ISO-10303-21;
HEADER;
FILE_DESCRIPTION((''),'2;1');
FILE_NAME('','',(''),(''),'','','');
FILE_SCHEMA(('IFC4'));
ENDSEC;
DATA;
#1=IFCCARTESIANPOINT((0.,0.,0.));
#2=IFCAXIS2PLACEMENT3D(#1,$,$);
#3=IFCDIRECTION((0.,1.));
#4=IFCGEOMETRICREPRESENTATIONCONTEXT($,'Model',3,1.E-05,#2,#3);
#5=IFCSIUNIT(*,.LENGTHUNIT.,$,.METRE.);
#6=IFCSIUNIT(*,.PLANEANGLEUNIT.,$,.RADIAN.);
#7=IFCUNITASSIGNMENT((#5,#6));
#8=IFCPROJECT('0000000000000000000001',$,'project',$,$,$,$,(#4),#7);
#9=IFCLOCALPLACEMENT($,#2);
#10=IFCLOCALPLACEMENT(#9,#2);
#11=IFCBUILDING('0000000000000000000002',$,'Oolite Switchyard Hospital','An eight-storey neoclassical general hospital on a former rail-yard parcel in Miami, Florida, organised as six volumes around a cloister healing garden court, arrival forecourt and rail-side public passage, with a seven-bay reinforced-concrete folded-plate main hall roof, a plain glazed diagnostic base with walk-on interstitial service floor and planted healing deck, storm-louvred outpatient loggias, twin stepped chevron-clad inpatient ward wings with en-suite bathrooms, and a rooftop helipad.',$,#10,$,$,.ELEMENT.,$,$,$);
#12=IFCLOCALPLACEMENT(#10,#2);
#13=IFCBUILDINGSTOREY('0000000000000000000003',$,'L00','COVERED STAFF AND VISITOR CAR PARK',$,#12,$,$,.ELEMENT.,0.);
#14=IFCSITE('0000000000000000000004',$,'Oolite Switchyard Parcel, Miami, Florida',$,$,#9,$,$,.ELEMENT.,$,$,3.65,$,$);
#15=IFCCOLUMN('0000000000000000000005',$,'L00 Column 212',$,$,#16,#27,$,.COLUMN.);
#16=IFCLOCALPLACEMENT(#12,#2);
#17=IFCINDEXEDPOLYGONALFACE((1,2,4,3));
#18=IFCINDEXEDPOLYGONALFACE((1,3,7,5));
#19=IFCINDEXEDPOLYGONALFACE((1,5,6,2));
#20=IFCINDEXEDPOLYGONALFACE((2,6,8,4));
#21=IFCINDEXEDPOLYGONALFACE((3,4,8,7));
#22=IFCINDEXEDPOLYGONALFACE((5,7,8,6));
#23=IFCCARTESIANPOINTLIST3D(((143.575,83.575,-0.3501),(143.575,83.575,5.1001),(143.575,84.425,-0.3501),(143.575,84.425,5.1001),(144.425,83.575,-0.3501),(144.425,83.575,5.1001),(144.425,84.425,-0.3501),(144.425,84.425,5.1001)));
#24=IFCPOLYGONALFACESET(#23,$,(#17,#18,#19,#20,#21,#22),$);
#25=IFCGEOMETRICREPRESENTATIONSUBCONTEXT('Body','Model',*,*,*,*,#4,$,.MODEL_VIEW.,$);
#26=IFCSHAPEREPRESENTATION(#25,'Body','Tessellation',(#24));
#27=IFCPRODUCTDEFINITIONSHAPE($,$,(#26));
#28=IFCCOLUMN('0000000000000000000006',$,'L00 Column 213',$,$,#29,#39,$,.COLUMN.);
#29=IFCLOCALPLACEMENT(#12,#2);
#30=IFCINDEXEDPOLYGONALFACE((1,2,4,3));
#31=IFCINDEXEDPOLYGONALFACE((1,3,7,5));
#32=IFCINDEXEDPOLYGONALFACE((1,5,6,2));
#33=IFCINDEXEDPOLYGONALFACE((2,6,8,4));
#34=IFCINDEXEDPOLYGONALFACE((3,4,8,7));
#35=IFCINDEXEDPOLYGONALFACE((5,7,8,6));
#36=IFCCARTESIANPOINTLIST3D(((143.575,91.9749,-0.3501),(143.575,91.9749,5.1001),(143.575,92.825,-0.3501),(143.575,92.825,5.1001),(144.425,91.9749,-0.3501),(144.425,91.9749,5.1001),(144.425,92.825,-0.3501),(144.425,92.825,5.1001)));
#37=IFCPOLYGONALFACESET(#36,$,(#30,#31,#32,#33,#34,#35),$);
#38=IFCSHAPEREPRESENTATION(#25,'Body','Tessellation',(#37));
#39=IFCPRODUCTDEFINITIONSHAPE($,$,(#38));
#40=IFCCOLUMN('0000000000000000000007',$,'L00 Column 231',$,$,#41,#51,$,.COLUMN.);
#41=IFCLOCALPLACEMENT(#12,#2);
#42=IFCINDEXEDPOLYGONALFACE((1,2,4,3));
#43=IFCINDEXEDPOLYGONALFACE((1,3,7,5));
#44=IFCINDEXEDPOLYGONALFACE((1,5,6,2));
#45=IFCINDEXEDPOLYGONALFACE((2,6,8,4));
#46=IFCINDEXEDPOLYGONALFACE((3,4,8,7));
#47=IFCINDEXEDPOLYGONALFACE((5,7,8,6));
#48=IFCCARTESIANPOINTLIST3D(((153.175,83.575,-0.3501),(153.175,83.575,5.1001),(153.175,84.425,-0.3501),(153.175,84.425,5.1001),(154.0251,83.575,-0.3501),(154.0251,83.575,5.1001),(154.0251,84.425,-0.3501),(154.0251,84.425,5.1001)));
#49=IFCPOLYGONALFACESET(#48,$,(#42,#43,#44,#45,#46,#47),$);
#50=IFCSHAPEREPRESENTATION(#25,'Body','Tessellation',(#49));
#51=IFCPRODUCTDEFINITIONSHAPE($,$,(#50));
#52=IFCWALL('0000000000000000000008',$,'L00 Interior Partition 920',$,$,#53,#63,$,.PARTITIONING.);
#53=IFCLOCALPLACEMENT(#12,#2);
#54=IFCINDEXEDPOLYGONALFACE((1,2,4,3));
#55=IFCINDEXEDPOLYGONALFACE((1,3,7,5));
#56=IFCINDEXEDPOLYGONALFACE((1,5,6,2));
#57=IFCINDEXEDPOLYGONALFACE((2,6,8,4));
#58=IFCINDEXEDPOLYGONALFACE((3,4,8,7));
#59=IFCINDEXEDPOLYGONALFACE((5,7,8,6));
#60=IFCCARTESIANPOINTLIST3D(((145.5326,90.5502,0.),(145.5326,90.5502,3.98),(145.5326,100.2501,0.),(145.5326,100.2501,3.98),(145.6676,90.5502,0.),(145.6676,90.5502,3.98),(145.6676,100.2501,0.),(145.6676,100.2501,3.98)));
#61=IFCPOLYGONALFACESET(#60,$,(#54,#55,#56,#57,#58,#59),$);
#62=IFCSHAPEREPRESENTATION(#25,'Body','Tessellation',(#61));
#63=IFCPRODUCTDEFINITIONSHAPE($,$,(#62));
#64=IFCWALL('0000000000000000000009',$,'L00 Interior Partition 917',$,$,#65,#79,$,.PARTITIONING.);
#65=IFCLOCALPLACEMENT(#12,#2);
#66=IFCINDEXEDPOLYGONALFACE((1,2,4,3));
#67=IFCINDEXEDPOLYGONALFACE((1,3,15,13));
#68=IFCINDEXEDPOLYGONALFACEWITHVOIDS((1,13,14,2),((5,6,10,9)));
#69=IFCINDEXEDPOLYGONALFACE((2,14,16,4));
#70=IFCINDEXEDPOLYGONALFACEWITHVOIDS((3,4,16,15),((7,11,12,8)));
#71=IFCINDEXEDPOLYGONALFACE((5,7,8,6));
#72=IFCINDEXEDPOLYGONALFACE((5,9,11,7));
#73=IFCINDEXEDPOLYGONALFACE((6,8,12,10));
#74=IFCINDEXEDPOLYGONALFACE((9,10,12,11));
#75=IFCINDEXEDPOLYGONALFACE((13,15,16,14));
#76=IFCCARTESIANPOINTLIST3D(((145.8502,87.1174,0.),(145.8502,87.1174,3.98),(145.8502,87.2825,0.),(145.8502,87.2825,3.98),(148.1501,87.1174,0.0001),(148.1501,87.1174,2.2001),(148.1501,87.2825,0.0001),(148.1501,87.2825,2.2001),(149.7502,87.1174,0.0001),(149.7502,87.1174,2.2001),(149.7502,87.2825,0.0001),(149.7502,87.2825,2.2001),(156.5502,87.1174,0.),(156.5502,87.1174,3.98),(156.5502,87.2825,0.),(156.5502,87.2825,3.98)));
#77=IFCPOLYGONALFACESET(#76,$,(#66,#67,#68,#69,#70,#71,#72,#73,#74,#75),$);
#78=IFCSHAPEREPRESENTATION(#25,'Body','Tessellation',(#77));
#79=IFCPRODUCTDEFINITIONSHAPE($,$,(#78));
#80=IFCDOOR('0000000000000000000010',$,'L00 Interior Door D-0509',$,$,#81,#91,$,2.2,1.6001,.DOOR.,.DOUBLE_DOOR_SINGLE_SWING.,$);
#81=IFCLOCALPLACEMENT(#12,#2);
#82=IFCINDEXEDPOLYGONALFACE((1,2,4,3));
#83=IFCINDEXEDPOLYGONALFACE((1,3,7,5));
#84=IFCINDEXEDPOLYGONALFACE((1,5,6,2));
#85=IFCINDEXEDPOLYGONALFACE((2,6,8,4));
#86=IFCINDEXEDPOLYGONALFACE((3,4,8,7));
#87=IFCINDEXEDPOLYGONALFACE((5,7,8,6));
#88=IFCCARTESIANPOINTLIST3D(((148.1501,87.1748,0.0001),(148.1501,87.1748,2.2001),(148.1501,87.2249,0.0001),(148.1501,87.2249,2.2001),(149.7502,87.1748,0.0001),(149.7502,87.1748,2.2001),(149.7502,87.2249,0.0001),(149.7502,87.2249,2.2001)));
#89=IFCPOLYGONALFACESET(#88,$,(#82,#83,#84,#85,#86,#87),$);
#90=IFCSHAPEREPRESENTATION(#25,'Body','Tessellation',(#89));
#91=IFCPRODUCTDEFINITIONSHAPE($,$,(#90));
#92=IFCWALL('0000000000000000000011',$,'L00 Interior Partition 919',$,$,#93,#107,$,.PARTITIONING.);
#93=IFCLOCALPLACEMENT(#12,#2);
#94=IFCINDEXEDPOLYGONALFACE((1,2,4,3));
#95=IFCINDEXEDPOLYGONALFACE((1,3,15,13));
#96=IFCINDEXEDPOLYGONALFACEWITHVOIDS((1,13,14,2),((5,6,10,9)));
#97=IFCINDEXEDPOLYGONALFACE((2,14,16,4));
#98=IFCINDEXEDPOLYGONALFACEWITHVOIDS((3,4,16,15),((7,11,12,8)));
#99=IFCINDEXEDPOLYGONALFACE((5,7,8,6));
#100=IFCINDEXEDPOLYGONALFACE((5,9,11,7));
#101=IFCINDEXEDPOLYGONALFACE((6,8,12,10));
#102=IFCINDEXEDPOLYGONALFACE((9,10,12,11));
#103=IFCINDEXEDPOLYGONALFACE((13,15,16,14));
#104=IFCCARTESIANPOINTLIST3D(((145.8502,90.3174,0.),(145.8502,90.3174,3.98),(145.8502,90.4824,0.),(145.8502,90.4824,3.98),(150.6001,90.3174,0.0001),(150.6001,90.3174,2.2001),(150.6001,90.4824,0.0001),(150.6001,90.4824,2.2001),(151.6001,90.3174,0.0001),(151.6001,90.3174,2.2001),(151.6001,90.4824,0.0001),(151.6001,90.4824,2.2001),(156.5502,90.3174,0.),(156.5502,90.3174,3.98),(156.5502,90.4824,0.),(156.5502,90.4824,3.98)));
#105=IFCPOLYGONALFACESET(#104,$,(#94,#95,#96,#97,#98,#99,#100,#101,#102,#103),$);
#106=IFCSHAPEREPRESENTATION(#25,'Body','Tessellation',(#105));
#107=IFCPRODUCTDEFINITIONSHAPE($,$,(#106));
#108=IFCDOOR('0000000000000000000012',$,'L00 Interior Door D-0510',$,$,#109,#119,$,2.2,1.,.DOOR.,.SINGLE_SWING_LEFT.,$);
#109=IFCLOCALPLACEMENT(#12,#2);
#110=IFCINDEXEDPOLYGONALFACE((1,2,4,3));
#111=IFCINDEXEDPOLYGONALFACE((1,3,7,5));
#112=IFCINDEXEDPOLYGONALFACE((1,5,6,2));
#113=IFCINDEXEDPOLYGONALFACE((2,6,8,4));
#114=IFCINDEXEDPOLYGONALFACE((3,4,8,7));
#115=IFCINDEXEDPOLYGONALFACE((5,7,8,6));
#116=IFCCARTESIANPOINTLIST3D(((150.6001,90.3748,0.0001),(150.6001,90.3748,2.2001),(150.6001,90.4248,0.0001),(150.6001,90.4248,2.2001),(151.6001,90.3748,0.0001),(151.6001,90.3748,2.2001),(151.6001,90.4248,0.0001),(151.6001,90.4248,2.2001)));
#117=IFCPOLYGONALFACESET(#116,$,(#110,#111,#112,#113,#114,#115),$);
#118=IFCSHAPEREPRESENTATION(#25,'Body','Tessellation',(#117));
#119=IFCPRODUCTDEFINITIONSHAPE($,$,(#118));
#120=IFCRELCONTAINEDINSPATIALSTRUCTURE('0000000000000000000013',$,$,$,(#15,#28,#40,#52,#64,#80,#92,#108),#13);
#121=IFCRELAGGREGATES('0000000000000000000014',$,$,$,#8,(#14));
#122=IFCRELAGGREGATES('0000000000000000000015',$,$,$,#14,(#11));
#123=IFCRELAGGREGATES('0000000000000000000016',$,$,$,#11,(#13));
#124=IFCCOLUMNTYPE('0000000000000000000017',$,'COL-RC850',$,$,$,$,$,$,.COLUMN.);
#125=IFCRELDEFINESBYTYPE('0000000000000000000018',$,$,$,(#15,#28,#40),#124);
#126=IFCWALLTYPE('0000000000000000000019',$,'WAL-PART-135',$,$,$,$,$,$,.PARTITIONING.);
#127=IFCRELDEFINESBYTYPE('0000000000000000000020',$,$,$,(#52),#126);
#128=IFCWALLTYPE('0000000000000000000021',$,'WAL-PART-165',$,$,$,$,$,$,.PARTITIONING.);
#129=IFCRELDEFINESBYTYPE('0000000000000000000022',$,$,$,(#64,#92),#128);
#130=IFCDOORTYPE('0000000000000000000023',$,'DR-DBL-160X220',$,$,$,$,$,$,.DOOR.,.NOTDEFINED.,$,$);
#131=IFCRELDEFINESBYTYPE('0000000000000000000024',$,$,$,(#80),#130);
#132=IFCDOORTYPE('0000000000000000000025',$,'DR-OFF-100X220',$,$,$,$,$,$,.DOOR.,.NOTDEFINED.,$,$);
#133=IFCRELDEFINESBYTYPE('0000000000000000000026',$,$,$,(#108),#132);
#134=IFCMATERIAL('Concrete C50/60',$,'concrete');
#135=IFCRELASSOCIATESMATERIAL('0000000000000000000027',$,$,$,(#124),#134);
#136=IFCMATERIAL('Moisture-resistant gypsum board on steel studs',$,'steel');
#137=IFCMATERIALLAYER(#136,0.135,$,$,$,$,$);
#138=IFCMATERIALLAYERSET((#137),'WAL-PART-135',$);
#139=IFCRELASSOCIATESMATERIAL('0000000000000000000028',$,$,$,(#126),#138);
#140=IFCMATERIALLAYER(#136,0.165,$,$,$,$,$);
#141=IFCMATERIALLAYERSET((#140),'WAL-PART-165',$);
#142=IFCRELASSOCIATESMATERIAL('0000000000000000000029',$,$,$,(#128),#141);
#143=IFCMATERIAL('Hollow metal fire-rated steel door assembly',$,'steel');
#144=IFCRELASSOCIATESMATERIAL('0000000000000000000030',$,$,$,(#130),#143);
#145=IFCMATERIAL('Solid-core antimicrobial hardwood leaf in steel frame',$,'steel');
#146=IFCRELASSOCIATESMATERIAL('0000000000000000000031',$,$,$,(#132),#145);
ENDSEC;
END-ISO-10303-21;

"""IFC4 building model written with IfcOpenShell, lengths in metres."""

from ifc_helpers import new_model, si_unit, direction, frame, frame_2d, origin, origin_2d, place, context, subcontext, project, spatial, rectangle, extrude, material, layer, layer_set, material_profile, profile_set, type_object, element, fill, save


model = new_model("IFC4")

# Units and contexts
model_context = context("Model", 3, precision=1e-05, world=origin(), true_north=direction((0.0, 1.0)))
body_context = subcontext(model_context, "Body", "Model", "MODEL_VIEW")
ifc_project = project(units=[si_unit("LENGTHUNIT", "METRE"), si_unit("PLANEANGLEUNIT", "RADIAN")], contexts=[model_context])

# Site, building, storey
site_placement = place(None, origin())
site = spatial("IfcSite", under=ifc_project, at=site_placement, Name="Oolite Switchyard Parcel, Miami, Florida", CompositionType="ELEMENT", RefElevation=3.65)
building_placement = place(site_placement, origin())
building = spatial("IfcBuilding", under=site, at=building_placement, Name="Oolite Switchyard Hospital", Description="An eight-storey neoclassical general hospital on a former rail-yard parcel in Miami, Florida, organised as six volumes around a cloister healing garden court, arrival forecourt and rail-side public passage, with a seven-bay reinforced-concrete folded-plate main hall roof, a plain glazed diagnostic base with walk-on interstitial service floor and planted healing deck, storm-louvred outpatient loggias, twin stepped chevron-clad inpatient ward wings with en-suite bathrooms, and a rooftop helipad.", CompositionType="ELEMENT")
storey_placement = place(building_placement, origin())
storey = spatial("IfcBuildingStorey", under=building, at=storey_placement, Name="L00", Description="COVERED STAFF AND VISITOR CAR PARK", CompositionType="ELEMENT", Elevation=0.0)

# Columns
ifc_material_1 = material(Name="Concrete C50/60", Category="concrete")
ifc_material_profile_1 = material_profile(ifc_material_1, rectangle(XDim=0.8501, YDim=0.8501, at=origin_2d()), Name="RC850X850")
ifc_profile_set_1 = profile_set([ifc_material_profile_1], Name="Concrete C50/60")
column_type = type_object("IfcColumnType", Name="COL-RC850", PredefinedType="COLUMN", material=ifc_profile_set_1)
for number, where, z_axis, x_axis, name in (
    (1, (144.0, 84.0, -0.3501), (0.0, 0.0, 1.0), (1.0, 0.0, 0.0), "L00 Column 212"),
    (2, (144.0, 92.3999, -0.3501), (0.0, 0.0, 1.0), (1.0, 0.0, 0.0), "L00 Column 213"),
    (3, (153.6001, 84.0, -0.3501), (0.0, 0.0, 1.0), (1.0, 0.0, 0.0), "L00 Column 231"),
):
    element("IfcColumn", number, at=place(storey_placement, frame(where, z_axis=z_axis, x_axis=x_axis)), inside=storey, type_object=column_type, Name=name, PredefinedType="COLUMN", context=body_context, shape_type="SweptSolid", body=[
        extrude(rectangle(XDim=0.8501, YDim=0.8501, at=origin_2d()), origin(), (0.0, 0.0, 1.0), 5.4502),
    ])

# Wall
ifc_material_2 = material(Name="Moisture-resistant gypsum board on steel studs", Category="steel")
ifc_layer_1 = layer(ifc_material_2, 0.135)
ifc_layer_set_1 = layer_set([ifc_layer_1], Name="WAL-PART-135")
wall_type_1 = type_object("IfcWallType", Name="WAL-PART-135", PredefinedType="PARTITIONING", material=ifc_layer_set_1)
wall_1_placement = place(storey_placement, frame((145.6001, 90.55, 0.0), z_axis=(0.0, 0.0, 1.0), x_axis=(0.0, 1.0, 0.0)))
element("IfcWall", 4, at=wall_1_placement, inside=storey, type_object=wall_type_1, Name="L00 Interior Partition 920", PredefinedType="PARTITIONING", context=body_context, shape_type="SweptSolid", body=[
    extrude(rectangle(XDim=9.7, YDim=0.135, at=frame_2d((4.8501, 0.0))), origin(), (0.0, 0.0, 1.0), 3.98),
])

# Walls, openings, doors
ifc_layer_2 = layer(ifc_material_2, 0.165)
ifc_layer_set_2 = layer_set([ifc_layer_2], Name="WAL-PART-165")
wall_type_2 = type_object("IfcWallType", Name="WAL-PART-165", PredefinedType="PARTITIONING", material=ifc_layer_set_2)
wall_2_placement = place(storey_placement, frame((145.8501, 87.2, 0.0), z_axis=(0.0, 0.0, 1.0), x_axis=(1.0, 0.0, 0.0)))
wall_2 = element("IfcWall", 5, at=wall_2_placement, inside=storey, type_object=wall_type_2, Name="L00 Interior Partition 917", PredefinedType="PARTITIONING", context=body_context, shape_type="SweptSolid", body=[
    extrude(rectangle(XDim=10.7, YDim=0.165, at=frame_2d((5.3501, 0.0))), origin(), (0.0, 0.0, 1.0), 3.98),
])
opening_1_placement = place(wall_2_placement, frame((2.3, 0.0, 0.0)))
opening_1 = element("IfcOpeningElement", 6, at=opening_1_placement, cuts=wall_2, PredefinedType="OPENING", context=body_context, shape_type="SweptSolid", body=[
    extrude(rectangle(XDim=1.6001, YDim=2.2, at=frame_2d((0.8, 1.1001))), frame((0.0, 0.0925, 0.0), z_axis=(0.0, -1.0, 0.0), x_axis=(1.0, 0.0, 0.0)), (0.0, 0.0, 1.0), 0.1851),
])
ifc_material_3 = material(Name="Hollow metal fire-rated steel door assembly", Category="steel")
door_type_1 = type_object("IfcDoorType", Name="DR-DBL-160X220", OperationType="NOTDEFINED", PredefinedType="DOOR", material=ifc_material_3)
door_1_placement = place(opening_1_placement, origin())
door_1 = element("IfcDoor", 7, at=door_1_placement, inside=storey, type_object=door_type_1, Name="L00 Interior Door D-0509", OperationType="DOUBLE_DOOR_SINGLE_SWING", OverallHeight=2.2, OverallWidth=1.6001, PredefinedType="DOOR", context=body_context, shape_type="SweptSolid", body=[
    extrude(rectangle(XDim=1.6001, YDim=2.2, at=frame_2d((0.8, 1.1001))), frame((0.0, 0.0249, 0.0), z_axis=(0.0, -1.0, 0.0), x_axis=(1.0, 0.0, 0.0)), (0.0, 0.0, 1.0), 0.05),
])
fill(opening_1, door_1)
wall_3_placement = place(storey_placement, frame((145.8501, 90.3999, 0.0), z_axis=(0.0, 0.0, 1.0), x_axis=(1.0, 0.0, 0.0)))
wall_3 = element("IfcWall", 8, at=wall_3_placement, inside=storey, type_object=wall_type_2, Name="L00 Interior Partition 919", PredefinedType="PARTITIONING", context=body_context, shape_type="SweptSolid", body=[
    extrude(rectangle(XDim=10.7, YDim=0.165, at=frame_2d((5.3501, 0.0))), origin(), (0.0, 0.0, 1.0), 3.98),
])
opening_2_placement = place(wall_3_placement, frame((4.75, 0.0, 0.0)))
opening_2 = element("IfcOpeningElement", 9, at=opening_2_placement, cuts=wall_3, PredefinedType="OPENING", context=body_context, shape_type="SweptSolid", body=[
    extrude(rectangle(XDim=1.0, YDim=2.2, at=frame_2d((0.5, 1.1001))), frame((0.0, 0.0925, 0.0), z_axis=(0.0, -1.0, 0.0), x_axis=(1.0, 0.0, 0.0)), (0.0, 0.0, 1.0), 0.1851),
])
ifc_material_4 = material(Name="Solid-core antimicrobial hardwood leaf in steel frame", Category="steel")
door_type_2 = type_object("IfcDoorType", Name="DR-OFF-100X220", OperationType="NOTDEFINED", PredefinedType="DOOR", material=ifc_material_4)
door_2_placement = place(opening_2_placement, origin())
door_2 = element("IfcDoor", 10, at=door_2_placement, inside=storey, type_object=door_type_2, Name="L00 Interior Door D-0510", OperationType="SINGLE_SWING_LEFT", OverallHeight=2.2, OverallWidth=1.0, PredefinedType="DOOR", context=body_context, shape_type="SweptSolid", body=[
    extrude(rectangle(XDim=1.0, YDim=2.2, at=frame_2d((0.5, 1.1001))), frame((0.0, 0.0249, 0.0), z_axis=(0.0, -1.0, 0.0), x_axis=(1.0, 0.0, 0.0)), (0.0, 0.0, 1.0), 0.05),
])
fill(opening_2, door_2)

save(model, "model.ifc")
